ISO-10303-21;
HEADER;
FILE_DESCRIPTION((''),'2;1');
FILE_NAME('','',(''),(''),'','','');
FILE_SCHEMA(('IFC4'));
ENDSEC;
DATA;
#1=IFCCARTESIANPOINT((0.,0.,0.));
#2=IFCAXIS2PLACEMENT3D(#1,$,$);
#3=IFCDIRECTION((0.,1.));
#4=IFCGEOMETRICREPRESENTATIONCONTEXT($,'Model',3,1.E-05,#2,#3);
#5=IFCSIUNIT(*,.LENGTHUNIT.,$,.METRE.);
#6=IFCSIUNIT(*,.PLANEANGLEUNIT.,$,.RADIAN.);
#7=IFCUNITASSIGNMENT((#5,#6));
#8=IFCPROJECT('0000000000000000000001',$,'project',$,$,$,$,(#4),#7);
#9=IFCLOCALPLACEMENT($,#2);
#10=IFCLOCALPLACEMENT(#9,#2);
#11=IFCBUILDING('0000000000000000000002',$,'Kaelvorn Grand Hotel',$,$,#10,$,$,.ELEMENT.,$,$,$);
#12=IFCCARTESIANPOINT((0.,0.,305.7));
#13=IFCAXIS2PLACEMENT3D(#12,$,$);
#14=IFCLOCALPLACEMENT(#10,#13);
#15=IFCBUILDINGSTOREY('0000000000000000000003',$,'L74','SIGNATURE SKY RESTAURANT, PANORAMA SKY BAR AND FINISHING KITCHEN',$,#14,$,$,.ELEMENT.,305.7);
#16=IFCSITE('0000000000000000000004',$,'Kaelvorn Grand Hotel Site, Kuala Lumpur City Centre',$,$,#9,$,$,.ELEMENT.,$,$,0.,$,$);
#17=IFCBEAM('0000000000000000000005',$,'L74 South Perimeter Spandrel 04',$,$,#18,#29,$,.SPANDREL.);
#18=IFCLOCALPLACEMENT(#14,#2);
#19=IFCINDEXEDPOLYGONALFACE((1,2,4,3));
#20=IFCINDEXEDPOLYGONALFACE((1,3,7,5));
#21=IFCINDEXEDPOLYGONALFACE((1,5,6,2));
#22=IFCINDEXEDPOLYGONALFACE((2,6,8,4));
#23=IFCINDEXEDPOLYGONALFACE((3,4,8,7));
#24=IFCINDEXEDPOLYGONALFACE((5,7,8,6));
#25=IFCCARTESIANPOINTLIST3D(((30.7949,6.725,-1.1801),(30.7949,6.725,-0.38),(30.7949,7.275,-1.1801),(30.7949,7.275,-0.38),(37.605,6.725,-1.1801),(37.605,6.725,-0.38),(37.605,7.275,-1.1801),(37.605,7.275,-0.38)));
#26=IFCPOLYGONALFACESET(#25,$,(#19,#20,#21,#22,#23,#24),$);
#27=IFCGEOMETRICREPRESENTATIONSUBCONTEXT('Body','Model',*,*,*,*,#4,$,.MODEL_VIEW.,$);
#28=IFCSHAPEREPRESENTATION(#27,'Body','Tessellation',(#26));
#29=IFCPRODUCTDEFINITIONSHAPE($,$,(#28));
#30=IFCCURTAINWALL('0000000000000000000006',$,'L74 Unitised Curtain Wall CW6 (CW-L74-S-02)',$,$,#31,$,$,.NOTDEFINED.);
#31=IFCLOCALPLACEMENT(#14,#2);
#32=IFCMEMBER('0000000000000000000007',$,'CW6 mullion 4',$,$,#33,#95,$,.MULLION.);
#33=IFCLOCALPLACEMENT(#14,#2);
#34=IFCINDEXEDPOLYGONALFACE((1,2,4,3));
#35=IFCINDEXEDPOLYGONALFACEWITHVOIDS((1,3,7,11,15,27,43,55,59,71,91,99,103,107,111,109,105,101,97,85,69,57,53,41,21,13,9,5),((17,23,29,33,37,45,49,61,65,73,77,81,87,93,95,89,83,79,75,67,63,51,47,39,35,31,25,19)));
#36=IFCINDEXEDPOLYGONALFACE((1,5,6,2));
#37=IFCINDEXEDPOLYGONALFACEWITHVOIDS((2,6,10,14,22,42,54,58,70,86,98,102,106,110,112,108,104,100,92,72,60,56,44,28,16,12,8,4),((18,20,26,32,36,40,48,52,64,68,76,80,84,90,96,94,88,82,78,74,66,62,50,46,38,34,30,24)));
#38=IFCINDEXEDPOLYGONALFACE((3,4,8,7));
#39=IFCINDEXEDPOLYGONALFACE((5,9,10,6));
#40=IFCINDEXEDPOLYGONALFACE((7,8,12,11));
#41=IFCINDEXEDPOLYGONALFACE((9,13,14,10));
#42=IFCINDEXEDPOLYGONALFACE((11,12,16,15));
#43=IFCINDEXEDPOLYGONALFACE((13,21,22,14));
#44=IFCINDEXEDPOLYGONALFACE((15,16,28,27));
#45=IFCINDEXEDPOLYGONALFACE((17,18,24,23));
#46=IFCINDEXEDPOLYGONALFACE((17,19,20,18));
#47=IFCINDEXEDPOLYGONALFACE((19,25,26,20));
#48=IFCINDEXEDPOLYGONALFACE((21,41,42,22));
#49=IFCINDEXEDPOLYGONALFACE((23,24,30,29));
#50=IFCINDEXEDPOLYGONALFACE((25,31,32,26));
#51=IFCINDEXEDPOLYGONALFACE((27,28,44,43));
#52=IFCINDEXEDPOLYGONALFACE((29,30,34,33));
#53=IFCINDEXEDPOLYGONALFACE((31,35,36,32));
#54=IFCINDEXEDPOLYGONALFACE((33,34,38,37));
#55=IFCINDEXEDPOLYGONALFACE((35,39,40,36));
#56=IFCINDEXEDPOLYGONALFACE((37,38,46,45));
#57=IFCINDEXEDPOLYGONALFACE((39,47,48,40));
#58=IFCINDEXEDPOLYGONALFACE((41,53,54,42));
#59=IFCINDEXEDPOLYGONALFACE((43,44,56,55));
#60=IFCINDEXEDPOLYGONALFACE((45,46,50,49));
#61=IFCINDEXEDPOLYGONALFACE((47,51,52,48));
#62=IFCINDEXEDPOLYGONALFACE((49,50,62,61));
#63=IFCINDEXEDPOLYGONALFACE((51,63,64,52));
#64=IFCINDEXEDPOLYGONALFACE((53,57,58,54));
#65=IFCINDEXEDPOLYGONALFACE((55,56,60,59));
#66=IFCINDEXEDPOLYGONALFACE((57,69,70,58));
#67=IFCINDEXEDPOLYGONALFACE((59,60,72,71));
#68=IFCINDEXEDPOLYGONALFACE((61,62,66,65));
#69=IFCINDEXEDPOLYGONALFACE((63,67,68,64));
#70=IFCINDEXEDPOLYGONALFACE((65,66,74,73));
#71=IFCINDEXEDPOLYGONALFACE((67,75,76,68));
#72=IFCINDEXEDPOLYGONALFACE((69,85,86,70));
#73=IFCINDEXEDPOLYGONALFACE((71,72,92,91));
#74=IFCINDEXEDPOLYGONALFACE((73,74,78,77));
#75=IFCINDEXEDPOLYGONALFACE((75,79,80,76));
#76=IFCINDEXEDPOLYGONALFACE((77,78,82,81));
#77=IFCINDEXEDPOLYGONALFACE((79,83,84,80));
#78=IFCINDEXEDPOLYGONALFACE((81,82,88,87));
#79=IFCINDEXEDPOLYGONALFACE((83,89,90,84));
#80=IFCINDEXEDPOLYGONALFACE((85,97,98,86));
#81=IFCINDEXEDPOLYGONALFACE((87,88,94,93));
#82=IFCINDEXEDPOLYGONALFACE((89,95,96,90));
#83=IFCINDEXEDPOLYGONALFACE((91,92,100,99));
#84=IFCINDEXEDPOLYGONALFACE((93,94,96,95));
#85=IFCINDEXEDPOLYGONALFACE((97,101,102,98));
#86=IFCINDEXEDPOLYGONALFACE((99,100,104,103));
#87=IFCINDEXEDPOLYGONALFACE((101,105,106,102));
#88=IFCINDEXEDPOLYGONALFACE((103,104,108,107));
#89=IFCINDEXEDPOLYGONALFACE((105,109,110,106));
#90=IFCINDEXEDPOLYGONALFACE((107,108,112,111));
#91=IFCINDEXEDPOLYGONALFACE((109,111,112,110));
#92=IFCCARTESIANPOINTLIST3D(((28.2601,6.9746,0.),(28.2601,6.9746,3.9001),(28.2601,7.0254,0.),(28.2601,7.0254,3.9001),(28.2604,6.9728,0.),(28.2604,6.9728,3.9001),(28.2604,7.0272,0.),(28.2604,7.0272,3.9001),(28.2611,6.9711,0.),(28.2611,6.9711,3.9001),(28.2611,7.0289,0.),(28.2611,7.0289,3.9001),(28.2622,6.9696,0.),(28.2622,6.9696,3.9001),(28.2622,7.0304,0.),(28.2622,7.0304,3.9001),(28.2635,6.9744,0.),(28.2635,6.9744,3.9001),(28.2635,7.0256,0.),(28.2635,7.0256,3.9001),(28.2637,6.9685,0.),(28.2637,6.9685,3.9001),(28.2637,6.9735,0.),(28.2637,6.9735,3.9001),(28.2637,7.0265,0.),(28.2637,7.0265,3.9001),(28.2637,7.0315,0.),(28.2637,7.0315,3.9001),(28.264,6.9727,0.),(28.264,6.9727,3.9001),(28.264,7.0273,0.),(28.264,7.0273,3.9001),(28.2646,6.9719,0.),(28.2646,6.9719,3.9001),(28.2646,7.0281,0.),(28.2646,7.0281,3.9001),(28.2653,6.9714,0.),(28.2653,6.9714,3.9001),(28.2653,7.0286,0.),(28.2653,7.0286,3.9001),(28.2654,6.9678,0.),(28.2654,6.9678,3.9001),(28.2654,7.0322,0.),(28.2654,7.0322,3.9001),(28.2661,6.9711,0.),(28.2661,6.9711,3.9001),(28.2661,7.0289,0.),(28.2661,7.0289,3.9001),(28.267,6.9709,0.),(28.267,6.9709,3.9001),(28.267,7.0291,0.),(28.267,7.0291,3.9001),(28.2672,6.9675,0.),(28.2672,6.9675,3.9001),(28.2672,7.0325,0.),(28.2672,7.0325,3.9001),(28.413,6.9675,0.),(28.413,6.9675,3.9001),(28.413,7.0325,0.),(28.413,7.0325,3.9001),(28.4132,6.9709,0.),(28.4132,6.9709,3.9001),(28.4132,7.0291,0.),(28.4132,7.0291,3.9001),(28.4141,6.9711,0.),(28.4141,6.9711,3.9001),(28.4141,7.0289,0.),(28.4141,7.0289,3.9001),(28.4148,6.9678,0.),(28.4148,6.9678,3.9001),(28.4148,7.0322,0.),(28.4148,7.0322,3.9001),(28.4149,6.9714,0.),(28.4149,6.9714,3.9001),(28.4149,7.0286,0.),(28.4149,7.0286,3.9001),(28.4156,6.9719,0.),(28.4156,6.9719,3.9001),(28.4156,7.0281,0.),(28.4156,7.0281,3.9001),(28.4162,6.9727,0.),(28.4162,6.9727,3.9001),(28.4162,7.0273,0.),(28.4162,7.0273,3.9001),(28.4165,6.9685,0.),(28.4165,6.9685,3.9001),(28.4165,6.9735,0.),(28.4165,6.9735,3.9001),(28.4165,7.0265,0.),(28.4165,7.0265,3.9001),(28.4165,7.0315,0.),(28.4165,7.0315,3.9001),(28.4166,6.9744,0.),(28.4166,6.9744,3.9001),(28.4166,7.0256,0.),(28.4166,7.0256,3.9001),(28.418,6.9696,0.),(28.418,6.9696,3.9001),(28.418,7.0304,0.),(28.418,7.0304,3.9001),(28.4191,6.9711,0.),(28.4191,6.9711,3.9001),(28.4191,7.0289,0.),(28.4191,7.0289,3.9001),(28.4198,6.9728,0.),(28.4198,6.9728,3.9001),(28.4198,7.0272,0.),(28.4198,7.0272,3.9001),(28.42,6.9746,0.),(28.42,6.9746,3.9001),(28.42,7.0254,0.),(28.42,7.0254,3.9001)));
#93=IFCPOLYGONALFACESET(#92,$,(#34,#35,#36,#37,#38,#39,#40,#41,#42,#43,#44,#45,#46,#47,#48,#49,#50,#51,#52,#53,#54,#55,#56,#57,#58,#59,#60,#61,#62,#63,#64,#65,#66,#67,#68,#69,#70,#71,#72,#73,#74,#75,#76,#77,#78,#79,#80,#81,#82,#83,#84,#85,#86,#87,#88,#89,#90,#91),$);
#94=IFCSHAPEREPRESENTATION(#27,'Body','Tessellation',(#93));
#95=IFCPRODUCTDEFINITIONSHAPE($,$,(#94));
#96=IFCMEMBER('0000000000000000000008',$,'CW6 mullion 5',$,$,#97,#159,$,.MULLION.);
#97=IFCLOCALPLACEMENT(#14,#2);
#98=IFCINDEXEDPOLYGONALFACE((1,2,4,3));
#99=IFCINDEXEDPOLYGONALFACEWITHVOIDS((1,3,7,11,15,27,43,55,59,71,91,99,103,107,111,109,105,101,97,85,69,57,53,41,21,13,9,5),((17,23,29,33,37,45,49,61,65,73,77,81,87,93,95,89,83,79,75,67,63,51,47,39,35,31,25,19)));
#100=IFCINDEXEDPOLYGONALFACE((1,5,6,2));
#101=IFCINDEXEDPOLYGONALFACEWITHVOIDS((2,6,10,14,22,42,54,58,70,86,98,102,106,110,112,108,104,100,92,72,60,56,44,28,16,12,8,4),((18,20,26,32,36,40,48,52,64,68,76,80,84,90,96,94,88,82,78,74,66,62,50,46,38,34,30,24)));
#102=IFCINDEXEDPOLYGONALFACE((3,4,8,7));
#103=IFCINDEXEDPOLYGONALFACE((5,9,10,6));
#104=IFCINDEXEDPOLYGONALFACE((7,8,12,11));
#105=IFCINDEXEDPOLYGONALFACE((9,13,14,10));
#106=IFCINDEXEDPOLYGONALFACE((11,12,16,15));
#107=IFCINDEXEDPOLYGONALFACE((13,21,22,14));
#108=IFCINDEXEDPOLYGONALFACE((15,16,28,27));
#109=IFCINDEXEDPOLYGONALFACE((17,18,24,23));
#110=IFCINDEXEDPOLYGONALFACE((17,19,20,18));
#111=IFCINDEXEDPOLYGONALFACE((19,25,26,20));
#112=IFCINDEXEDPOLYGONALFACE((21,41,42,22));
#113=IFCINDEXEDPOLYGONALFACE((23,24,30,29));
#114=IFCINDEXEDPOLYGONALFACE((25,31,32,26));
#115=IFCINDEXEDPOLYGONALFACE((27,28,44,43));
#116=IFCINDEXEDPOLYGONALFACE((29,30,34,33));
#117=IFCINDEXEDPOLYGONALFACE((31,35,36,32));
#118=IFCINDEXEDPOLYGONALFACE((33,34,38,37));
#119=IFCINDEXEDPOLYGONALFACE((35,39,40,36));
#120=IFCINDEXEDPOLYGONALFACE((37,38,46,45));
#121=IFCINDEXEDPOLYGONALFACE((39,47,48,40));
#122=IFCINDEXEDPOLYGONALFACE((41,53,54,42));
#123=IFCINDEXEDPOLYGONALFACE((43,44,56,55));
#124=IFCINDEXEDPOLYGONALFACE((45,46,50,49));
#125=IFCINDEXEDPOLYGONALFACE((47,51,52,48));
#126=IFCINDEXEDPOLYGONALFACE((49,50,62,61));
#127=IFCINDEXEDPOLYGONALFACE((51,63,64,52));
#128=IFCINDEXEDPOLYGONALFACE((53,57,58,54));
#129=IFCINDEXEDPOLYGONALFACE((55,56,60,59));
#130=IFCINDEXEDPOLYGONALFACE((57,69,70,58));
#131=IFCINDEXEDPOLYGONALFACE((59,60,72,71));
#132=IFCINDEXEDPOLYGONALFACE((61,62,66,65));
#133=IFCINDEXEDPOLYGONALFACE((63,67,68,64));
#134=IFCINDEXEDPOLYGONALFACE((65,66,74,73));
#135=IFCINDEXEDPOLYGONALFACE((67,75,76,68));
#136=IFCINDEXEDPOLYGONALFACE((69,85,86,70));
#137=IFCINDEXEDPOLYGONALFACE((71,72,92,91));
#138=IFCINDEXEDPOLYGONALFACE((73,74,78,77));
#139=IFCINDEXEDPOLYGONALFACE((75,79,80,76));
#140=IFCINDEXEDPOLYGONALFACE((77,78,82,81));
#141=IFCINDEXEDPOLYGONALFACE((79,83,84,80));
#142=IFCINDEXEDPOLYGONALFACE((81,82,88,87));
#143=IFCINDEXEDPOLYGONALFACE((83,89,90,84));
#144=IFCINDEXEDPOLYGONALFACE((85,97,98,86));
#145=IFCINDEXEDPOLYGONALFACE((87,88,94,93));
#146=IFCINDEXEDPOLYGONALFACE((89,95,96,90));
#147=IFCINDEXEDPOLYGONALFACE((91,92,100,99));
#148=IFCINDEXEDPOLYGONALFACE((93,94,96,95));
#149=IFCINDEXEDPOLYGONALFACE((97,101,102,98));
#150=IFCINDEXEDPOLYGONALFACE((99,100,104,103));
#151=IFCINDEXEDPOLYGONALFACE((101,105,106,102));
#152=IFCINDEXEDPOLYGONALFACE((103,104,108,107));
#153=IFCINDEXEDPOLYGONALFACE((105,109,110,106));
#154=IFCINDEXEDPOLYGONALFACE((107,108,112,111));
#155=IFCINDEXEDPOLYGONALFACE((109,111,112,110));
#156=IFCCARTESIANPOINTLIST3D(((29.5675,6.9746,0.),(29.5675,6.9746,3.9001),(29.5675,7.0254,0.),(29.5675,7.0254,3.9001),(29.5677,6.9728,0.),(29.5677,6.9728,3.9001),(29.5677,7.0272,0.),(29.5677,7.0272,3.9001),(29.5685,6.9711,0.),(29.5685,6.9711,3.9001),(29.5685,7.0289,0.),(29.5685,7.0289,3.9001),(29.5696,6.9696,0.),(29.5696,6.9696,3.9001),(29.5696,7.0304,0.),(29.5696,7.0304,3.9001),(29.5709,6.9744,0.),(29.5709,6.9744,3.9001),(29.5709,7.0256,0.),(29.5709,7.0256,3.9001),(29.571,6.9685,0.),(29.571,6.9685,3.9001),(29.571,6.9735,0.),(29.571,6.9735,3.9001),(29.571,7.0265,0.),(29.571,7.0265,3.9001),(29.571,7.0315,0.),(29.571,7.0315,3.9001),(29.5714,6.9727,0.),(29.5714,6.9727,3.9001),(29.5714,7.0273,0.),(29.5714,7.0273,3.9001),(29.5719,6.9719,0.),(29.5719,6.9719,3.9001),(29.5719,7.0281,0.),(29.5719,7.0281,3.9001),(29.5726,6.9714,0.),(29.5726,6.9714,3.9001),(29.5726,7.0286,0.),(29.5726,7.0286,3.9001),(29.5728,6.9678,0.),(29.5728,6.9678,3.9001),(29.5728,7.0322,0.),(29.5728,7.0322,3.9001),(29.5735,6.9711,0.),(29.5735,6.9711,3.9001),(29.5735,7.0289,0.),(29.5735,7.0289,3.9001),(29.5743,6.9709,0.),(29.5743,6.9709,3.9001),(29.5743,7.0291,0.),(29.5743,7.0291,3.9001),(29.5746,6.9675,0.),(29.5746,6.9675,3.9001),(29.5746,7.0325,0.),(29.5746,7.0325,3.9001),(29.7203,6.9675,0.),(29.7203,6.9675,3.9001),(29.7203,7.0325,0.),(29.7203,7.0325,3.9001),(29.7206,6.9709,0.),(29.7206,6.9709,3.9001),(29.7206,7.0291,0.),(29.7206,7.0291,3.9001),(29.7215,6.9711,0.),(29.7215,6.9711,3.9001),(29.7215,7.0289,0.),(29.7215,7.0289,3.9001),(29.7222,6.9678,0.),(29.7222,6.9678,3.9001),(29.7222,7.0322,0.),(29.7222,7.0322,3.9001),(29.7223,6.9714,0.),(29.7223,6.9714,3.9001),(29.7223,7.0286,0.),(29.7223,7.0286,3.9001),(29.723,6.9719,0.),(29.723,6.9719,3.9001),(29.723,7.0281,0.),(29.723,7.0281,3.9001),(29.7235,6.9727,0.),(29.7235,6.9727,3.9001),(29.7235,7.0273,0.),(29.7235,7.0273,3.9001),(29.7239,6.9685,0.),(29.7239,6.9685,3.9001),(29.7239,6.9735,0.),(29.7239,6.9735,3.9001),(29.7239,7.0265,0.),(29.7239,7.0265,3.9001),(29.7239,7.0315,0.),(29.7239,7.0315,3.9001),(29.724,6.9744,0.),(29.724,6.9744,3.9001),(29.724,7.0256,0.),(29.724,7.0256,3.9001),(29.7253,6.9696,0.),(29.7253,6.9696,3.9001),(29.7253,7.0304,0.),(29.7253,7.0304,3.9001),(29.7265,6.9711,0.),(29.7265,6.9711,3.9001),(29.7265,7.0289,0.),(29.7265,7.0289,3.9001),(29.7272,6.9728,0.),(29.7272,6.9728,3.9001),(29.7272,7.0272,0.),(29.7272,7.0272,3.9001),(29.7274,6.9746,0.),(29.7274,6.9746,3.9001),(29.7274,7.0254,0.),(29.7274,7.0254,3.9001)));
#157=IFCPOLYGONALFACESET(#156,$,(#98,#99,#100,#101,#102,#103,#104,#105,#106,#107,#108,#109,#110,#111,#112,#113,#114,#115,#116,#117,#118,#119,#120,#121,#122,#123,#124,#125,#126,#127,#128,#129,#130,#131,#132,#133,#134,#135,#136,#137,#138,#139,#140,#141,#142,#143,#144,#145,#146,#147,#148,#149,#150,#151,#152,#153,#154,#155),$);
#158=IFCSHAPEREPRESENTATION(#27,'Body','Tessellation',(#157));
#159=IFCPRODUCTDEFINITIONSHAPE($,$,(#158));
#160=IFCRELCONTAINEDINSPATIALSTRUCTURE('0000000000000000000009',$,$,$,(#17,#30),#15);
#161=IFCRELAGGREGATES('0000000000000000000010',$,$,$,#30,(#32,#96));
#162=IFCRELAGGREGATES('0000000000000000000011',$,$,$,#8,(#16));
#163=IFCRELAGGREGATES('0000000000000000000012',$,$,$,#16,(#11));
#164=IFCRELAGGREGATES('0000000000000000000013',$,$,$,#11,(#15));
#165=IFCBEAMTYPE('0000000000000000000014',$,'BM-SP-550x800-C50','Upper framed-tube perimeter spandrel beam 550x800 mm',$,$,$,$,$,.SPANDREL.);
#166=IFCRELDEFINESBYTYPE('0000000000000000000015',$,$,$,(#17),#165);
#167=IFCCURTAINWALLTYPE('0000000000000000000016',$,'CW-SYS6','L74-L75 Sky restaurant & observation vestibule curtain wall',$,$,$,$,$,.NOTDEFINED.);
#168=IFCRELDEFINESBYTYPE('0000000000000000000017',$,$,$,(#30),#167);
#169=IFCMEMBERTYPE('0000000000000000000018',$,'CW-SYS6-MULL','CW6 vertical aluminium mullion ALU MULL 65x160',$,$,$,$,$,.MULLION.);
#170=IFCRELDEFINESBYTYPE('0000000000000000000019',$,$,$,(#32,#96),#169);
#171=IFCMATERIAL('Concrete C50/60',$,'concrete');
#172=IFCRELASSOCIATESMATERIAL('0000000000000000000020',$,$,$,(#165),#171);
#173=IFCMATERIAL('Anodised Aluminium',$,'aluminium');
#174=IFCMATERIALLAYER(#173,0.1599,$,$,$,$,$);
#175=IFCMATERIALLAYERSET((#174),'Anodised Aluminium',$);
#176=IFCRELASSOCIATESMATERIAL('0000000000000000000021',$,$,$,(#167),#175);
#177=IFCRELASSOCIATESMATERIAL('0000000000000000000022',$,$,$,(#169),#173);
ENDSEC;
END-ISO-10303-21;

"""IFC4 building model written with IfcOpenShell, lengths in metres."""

from ifc_helpers import new_model, si_unit, direction, frame, origin, origin_2d, place, context, subcontext, project, spatial, rectangle, hollow_rectangle, extrude, material, layer, layer_set, material_profile, profile_set, type_object, element, aggregate, save


model = new_model("IFC4")

# Units and contexts
model_context = context("Model", 3, precision=1e-05, world=origin(), true_north=direction((0.0, 1.0)))
body_context = subcontext(model_context, "Body", "Model", "MODEL_VIEW")
ifc_project = project(units=[si_unit("LENGTHUNIT", "METRE"), si_unit("PLANEANGLEUNIT", "RADIAN")], contexts=[model_context])

# Site, building, storey
site_placement = place(None, origin())
site = spatial("IfcSite", under=ifc_project, at=site_placement, Name="Kaelvorn Grand Hotel Site, Kuala Lumpur City Centre", CompositionType="ELEMENT", RefElevation=0.0)
building_placement = place(site_placement, origin())
building = spatial("IfcBuilding", under=site, at=building_placement, Name="Kaelvorn Grand Hotel", CompositionType="ELEMENT")
storey_placement = place(building_placement, frame((0.0, 0.0, 305.7)))
storey = spatial("IfcBuildingStorey", under=building, at=storey_placement, Name="L74", Description="SIGNATURE SKY RESTAURANT, PANORAMA SKY BAR AND FINISHING KITCHEN", CompositionType="ELEMENT", Elevation=305.7)

# Beam
ifc_material_1 = material(Name="Concrete C50/60", Category="concrete")
ifc_material_profile_1 = material_profile(ifc_material_1, rectangle(XDim=0.55, YDim=0.8, at=origin_2d()), Name="RC SPANDREL 550x800")
ifc_profile_set_1 = profile_set([ifc_material_profile_1], Name="Concrete C50/60")
beam_type_1 = type_object("IfcBeamType", Name="BM-SP-550x800-C50", Description="Upper framed-tube perimeter spandrel beam 550x800 mm", PredefinedType="SPANDREL", material=ifc_profile_set_1)
beam_1_placement = place(storey_placement, frame((30.7949, 7.0, -0.78), z_axis=(1.0, 0.0, 0.0), x_axis=(0.0, 1.0, 0.0)))
element("IfcBeam", 1, at=beam_1_placement, inside=storey, type_object=beam_type_1, Name="L74 South Perimeter Spandrel 04", PredefinedType="SPANDREL", context=body_context, shape_type="SweptSolid", body=[
    extrude(rectangle(XDim=0.55, YDim=0.8, at=origin_2d()), origin(), (0.0, 0.0, 1.0), 6.8101),
])

# Curtain wall, members
ifc_material_2 = material(Name="Anodised Aluminium", Category="aluminium")
ifc_layer_1 = layer(ifc_material_2, 0.1599)
ifc_layer_set_1 = layer_set([ifc_layer_1], Name="Anodised Aluminium")
curtain_wall_type = type_object("IfcCurtainWallType", Name="CW-SYS6", Description="L74-L75 Sky restaurant & observation vestibule curtain wall", PredefinedType="NOTDEFINED", material=ifc_layer_set_1)
curtain_wall_1_placement = place(storey_placement, origin())
curtain_wall_1 = element("IfcCurtainWall", 2, at=curtain_wall_1_placement, inside=storey, type_object=curtain_wall_type, Name="L74 Unitised Curtain Wall CW6 (CW-L74-S-02)", PredefinedType="NOTDEFINED")
ifc_material_profile_2 = material_profile(ifc_material_2, hollow_rectangle(XDim=0.0649, YDim=0.1599, WallThickness=0.0034, InnerFilletRadius=0.0034, OuterFilletRadius=0.0071, at=origin_2d()), Name="ALU MULL 65x160")
ifc_profile_set_2 = profile_set([ifc_material_profile_2], Name="Anodised Aluminium")
member_type_1 = type_object("IfcMemberType", Name="CW-SYS6-MULL", Description="CW6 vertical aluminium mullion ALU MULL 65x160", PredefinedType="MULLION", material=ifc_profile_set_2)
member_1_placement = place(storey_placement, frame((28.3401, 7.0, 0.0), z_axis=(0.0, 0.0, 1.0), x_axis=(0.0, 1.0, 0.0)))
member_1 = element("IfcMember", 3, at=member_1_placement, type_object=member_type_1, Name="CW6 mullion 4", PredefinedType="MULLION", context=body_context, shape_type="SweptSolid", body=[
    extrude(hollow_rectangle(XDim=0.0649, YDim=0.1599, WallThickness=0.0034, InnerFilletRadius=0.0034, OuterFilletRadius=0.0071, at=origin_2d()), origin(), (0.0, 0.0, 1.0), 3.9001),
])
member_2_placement = place(storey_placement, frame((29.6475, 7.0, 0.0), z_axis=(0.0, 0.0, 1.0), x_axis=(0.0, 1.0, 0.0)))
member_2 = element("IfcMember", 4, at=member_2_placement, type_object=member_type_1, Name="CW6 mullion 5", PredefinedType="MULLION", context=body_context, shape_type="SweptSolid", body=[
    extrude(hollow_rectangle(XDim=0.0649, YDim=0.1599, WallThickness=0.0034, InnerFilletRadius=0.0034, OuterFilletRadius=0.0071, at=origin_2d()), origin(), (0.0, 0.0, 1.0), 3.9001),
])

aggregate(curtain_wall_1, [member_1, member_2])

save(model, "model.ifc")
